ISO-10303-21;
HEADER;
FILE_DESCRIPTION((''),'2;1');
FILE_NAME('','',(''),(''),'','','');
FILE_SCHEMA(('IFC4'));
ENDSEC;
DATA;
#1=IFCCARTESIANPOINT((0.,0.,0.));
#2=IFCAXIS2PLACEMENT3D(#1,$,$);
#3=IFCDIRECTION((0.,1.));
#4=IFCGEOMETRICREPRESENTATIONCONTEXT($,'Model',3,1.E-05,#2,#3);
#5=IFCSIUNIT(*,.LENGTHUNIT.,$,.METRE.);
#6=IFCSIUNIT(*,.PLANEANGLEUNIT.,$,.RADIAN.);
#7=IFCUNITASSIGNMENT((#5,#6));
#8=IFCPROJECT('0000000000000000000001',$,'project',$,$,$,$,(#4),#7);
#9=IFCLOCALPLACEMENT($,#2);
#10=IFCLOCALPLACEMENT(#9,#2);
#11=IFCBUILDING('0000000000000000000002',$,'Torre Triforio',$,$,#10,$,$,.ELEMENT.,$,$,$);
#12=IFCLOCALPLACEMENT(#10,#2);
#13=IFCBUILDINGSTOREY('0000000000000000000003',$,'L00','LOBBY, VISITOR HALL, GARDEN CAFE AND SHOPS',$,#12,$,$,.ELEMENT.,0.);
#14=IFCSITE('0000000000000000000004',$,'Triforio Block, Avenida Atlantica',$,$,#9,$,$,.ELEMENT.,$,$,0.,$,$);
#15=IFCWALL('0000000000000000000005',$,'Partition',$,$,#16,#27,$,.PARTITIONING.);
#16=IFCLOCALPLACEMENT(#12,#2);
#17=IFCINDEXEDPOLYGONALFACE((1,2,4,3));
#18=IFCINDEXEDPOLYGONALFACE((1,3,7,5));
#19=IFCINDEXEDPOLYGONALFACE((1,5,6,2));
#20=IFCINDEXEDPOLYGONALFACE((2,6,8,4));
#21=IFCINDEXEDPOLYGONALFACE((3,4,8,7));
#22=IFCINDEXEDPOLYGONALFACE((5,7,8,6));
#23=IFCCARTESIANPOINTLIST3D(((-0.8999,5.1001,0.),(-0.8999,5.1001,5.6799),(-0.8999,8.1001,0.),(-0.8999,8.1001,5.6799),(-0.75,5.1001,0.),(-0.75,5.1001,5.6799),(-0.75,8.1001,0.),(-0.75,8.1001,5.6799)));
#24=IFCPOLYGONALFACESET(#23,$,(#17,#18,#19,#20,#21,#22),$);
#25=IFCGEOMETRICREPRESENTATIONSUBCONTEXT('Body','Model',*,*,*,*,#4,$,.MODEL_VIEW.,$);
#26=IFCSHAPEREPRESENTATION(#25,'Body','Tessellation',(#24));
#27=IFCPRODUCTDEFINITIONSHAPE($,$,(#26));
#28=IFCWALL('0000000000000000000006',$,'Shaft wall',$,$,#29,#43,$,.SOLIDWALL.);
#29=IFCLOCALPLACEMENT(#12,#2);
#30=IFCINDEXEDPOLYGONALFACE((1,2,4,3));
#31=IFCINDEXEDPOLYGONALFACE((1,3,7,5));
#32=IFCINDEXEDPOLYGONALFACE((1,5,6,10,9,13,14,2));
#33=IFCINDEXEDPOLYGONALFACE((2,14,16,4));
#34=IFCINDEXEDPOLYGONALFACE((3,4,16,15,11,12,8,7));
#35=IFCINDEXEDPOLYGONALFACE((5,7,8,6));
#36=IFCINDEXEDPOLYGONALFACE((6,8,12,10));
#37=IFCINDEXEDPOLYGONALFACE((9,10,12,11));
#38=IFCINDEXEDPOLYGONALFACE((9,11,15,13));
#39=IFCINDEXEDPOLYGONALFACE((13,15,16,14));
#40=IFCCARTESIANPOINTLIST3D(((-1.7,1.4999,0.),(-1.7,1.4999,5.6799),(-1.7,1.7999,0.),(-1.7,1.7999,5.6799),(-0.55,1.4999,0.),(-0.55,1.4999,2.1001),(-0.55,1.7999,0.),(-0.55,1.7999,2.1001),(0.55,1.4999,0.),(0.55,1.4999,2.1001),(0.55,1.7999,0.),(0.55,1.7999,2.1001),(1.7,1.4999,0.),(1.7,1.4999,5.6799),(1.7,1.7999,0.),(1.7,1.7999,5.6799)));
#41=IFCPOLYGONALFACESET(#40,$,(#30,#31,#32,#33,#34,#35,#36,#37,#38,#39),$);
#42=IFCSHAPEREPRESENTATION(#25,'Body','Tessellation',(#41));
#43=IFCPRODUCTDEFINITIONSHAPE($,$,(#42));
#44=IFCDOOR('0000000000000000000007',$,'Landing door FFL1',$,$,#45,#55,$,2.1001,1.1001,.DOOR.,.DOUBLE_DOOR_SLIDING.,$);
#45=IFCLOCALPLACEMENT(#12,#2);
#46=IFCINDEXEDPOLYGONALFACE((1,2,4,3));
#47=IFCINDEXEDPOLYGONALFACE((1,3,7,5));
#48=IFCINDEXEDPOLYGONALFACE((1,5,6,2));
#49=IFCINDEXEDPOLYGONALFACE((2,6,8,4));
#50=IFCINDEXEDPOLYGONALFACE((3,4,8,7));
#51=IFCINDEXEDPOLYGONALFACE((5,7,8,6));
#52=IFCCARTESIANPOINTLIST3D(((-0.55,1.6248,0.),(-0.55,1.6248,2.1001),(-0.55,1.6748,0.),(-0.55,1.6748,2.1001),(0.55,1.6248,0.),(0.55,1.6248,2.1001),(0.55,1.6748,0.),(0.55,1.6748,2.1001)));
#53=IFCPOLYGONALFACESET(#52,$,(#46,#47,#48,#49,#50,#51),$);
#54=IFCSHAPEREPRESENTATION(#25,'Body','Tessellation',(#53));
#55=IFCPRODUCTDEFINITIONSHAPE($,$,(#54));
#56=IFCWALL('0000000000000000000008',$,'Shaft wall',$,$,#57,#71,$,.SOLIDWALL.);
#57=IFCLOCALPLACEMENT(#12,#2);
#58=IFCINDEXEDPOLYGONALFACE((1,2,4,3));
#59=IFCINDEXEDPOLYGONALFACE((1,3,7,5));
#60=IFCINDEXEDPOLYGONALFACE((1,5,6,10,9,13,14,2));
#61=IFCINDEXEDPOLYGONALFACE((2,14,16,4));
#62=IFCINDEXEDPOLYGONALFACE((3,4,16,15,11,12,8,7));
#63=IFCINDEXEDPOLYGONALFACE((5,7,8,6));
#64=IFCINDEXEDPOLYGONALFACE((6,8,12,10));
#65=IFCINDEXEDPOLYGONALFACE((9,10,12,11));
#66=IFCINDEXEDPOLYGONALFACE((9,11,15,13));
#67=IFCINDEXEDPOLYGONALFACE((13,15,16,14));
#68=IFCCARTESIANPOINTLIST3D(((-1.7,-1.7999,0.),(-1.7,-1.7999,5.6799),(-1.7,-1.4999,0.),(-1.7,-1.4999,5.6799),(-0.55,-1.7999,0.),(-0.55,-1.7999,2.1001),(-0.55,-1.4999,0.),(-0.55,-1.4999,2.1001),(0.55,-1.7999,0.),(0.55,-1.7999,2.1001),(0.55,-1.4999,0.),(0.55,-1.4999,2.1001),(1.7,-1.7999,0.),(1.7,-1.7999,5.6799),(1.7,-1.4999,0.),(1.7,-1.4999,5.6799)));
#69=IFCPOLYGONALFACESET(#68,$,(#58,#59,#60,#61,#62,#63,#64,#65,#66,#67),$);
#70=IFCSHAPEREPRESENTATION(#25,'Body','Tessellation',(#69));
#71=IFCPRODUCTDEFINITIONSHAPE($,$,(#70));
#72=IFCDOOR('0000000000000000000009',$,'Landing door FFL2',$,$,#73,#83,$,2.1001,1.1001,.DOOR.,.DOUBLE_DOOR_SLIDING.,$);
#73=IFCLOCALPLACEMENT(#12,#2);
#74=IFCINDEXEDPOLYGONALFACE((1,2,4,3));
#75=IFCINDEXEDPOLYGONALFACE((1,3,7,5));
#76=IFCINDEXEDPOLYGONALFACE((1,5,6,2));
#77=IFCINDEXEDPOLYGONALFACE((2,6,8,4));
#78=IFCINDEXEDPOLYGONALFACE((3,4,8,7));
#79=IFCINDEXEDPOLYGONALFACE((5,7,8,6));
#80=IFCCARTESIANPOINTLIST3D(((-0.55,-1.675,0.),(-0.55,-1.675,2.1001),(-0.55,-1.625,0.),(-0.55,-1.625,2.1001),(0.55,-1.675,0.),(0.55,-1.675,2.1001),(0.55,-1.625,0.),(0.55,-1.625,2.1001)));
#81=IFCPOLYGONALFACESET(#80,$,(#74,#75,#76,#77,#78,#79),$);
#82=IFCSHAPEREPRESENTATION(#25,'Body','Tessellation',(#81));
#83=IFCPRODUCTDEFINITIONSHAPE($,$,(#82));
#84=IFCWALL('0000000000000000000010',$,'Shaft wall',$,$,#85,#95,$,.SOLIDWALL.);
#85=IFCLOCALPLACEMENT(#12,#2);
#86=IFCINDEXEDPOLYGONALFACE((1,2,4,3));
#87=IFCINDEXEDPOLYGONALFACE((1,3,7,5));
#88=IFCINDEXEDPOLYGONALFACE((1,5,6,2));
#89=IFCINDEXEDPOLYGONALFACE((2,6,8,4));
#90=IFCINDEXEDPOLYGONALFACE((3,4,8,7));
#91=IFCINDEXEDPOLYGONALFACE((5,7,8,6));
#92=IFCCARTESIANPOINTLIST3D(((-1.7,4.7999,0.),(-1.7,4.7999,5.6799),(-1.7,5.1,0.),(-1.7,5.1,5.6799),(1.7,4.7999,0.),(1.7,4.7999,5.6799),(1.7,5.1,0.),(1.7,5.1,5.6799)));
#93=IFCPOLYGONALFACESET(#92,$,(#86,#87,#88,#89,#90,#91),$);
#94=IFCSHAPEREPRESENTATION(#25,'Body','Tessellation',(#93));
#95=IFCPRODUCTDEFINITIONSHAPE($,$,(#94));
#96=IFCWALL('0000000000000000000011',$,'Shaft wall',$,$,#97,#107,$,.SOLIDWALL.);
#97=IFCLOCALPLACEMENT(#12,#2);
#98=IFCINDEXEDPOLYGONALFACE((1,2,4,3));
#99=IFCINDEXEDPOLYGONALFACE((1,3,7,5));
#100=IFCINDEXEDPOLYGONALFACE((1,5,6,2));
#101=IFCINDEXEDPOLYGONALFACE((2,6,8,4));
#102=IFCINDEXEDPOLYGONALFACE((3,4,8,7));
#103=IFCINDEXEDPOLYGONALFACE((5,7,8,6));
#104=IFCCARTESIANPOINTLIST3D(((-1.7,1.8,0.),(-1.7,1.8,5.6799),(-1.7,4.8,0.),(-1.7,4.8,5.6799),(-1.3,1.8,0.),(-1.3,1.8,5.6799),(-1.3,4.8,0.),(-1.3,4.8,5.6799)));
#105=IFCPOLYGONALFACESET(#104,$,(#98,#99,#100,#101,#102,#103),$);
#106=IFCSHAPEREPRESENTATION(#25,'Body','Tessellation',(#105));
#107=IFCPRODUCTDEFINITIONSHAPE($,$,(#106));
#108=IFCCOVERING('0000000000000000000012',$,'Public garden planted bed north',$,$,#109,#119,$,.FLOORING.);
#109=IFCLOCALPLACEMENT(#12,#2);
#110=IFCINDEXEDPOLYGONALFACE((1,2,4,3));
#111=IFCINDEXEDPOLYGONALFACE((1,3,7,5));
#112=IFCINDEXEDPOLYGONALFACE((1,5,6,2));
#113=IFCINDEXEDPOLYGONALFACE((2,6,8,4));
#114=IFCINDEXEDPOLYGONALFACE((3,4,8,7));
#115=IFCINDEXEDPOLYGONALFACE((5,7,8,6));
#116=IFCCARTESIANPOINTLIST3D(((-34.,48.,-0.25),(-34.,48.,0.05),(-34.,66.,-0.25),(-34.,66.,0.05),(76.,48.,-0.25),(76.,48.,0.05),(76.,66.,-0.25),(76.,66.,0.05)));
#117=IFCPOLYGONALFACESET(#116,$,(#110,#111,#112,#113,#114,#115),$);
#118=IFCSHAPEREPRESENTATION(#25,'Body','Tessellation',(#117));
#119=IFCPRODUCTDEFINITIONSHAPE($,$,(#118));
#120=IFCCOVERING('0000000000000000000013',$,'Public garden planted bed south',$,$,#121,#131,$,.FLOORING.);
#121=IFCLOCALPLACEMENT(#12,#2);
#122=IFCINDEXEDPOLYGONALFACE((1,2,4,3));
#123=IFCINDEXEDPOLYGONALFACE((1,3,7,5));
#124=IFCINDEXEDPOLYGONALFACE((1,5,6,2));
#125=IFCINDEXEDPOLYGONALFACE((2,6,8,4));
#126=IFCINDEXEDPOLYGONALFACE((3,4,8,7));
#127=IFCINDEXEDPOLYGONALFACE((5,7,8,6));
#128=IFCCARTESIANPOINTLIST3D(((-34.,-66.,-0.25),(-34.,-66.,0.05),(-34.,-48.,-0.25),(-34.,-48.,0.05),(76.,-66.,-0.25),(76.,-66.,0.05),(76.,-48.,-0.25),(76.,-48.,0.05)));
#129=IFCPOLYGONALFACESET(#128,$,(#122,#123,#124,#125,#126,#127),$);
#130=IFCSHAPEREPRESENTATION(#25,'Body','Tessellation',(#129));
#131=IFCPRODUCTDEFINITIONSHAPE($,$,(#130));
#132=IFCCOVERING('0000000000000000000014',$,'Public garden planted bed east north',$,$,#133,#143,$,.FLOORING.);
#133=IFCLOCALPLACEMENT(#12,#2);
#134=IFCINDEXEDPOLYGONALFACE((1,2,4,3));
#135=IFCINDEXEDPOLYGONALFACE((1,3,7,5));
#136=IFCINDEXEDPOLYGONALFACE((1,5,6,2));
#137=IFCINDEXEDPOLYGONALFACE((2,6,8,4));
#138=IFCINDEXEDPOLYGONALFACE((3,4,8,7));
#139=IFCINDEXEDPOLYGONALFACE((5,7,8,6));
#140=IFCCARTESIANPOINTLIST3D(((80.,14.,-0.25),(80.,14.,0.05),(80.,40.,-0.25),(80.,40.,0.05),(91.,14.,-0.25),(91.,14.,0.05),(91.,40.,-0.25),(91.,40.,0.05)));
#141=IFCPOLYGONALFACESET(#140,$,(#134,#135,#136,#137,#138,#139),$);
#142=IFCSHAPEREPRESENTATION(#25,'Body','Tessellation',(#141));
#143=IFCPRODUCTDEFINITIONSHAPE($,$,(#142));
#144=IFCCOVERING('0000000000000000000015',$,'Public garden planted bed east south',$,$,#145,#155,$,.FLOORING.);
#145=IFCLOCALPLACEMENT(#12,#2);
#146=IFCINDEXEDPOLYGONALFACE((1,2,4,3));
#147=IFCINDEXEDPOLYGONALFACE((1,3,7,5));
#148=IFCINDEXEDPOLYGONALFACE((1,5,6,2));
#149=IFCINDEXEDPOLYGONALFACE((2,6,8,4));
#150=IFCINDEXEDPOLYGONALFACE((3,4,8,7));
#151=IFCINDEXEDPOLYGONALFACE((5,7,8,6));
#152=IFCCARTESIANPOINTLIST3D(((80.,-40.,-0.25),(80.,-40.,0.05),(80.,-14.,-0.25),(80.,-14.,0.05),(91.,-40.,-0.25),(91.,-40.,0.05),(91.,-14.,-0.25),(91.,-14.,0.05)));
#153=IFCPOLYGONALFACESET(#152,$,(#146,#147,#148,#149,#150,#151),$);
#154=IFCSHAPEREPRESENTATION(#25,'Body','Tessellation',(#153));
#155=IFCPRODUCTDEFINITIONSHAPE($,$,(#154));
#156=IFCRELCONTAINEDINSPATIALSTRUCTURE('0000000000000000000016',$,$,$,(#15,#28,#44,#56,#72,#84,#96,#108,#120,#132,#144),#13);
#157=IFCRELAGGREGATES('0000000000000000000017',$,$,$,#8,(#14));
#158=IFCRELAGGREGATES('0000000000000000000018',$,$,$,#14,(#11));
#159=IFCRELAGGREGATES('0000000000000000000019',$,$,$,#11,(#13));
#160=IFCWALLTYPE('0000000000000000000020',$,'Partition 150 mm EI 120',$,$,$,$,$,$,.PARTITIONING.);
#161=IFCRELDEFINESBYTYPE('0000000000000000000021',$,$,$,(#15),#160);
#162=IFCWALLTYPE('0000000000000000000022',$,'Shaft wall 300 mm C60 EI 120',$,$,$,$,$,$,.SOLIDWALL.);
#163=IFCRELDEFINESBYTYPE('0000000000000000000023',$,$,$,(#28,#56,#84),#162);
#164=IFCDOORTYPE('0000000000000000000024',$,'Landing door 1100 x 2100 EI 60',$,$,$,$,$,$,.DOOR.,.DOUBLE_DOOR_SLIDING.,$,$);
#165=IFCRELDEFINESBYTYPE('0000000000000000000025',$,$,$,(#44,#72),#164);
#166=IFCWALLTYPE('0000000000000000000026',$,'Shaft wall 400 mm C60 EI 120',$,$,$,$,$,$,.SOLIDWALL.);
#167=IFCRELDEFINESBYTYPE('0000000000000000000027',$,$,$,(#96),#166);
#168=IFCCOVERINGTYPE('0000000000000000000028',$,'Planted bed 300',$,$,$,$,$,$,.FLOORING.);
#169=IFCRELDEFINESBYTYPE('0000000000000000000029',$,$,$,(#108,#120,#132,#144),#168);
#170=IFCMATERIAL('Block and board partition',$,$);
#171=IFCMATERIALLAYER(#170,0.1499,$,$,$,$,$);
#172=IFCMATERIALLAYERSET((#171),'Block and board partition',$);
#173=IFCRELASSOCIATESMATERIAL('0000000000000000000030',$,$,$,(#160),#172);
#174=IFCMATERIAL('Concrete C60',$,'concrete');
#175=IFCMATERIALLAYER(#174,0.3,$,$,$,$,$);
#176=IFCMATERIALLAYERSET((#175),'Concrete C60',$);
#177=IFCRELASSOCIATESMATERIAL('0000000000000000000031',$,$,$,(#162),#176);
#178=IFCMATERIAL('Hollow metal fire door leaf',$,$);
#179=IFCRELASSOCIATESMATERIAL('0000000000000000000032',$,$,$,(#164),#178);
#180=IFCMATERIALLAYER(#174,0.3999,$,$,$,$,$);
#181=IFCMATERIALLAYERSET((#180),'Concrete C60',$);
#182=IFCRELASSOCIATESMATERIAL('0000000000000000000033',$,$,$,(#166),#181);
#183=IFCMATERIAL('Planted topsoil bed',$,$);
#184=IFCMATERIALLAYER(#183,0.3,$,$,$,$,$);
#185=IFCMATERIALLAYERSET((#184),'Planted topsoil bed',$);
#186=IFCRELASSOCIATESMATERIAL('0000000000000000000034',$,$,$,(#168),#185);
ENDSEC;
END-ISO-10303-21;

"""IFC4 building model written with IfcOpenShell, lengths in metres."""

from ifc_helpers import new_model, si_unit, direction, frame, frame_2d, origin, place, context, subcontext, project, spatial, polyline, rectangle, outline, extrude, material, layer, layer_set, type_object, element, fill, save


model = new_model("IFC4")

# Units and contexts
model_context = context("Model", 3, precision=1e-05, world=origin(), true_north=direction((0.0, 1.0)))
body_context = subcontext(model_context, "Body", "Model", "MODEL_VIEW")
ifc_project = project(units=[si_unit("LENGTHUNIT", "METRE"), si_unit("PLANEANGLEUNIT", "RADIAN")], contexts=[model_context])

# Site, building, storey
site_placement = place(None, origin())
site = spatial("IfcSite", under=ifc_project, at=site_placement, Name="Triforio Block, Avenida Atlantica", CompositionType="ELEMENT", RefElevation=0.0)
building_placement = place(site_placement, origin())
building = spatial("IfcBuilding", under=site, at=building_placement, Name="Torre Triforio", CompositionType="ELEMENT")
storey_placement = place(building_placement, origin())
storey = spatial("IfcBuildingStorey", under=building, at=storey_placement, Name="L00", Description="LOBBY, VISITOR HALL, GARDEN CAFE AND SHOPS", CompositionType="ELEMENT", Elevation=0.0)

# Shared definitions
ifc_material_1 = material(Name="Concrete C60", Category="concrete")

# Shared definitions
ifc_material_2 = material(Name="Block and board partition")
ifc_material_3 = material(Name="Hollow metal fire door leaf")

# Wall
ifc_layer_1 = layer(ifc_material_2, 0.1499)
ifc_layer_set_1 = layer_set([ifc_layer_1], Name="Block and board partition")
wall_type_1 = type_object("IfcWallType", Name="Partition 150 mm EI 120", PredefinedType="PARTITIONING", material=ifc_layer_set_1)
wall_1_placement = place(storey_placement, frame((-0.825, 5.1001, 0.0), z_axis=(0.0, 0.0, 1.0), x_axis=(0.0, 1.0, 0.0)))
element("IfcWall", 1, at=wall_1_placement, inside=storey, type_object=wall_type_1, Name="Partition", PredefinedType="PARTITIONING", context=body_context, shape_type="SweptSolid", body=[
    extrude(rectangle(XDim=3.0, YDim=0.1499, at=frame_2d((1.5, 0.0))), origin(), (0.0, 0.0, 1.0), 5.6799),
])

# Walls, openings, doors
ifc_layer_2 = layer(ifc_material_1, 0.3)
ifc_layer_set_2 = layer_set([ifc_layer_2], Name="Concrete C60")
wall_type_2 = type_object("IfcWallType", Name="Shaft wall 300 mm C60 EI 120", PredefinedType="SOLIDWALL", material=ifc_layer_set_2)
wall_2_placement = place(storey_placement, frame((-1.7, 1.6499, 0.0), z_axis=(0.0, 0.0, 1.0), x_axis=(1.0, 0.0, 0.0)))
wall_2 = element("IfcWall", 2, at=wall_2_placement, inside=storey, type_object=wall_type_2, Name="Shaft wall", PredefinedType="SOLIDWALL", context=body_context, shape_type="SweptSolid", body=[
    extrude(rectangle(XDim=3.3999, YDim=0.3, at=frame_2d((1.7, 0.0))), origin(), (0.0, 0.0, 1.0), 5.6799),
])
opening_1_placement = place(wall_2_placement, frame((1.1499, 0.0, 0.0)))
opening_1 = element("IfcOpeningElement", 3, at=opening_1_placement, cuts=wall_2, PredefinedType="OPENING", context=body_context, shape_type="SweptSolid", body=[
    extrude(rectangle(XDim=1.1001, YDim=2.1001, at=frame_2d((0.55, 1.05))), frame((0.0, 0.1599, 0.0), z_axis=(0.0, -1.0, 0.0), x_axis=(1.0, 0.0, 0.0)), (0.0, 0.0, 1.0), 0.3201),
])
door_type_1 = type_object("IfcDoorType", Name="Landing door 1100 x 2100 EI 60", OperationType="DOUBLE_DOOR_SLIDING", PredefinedType="DOOR", material=ifc_material_3)
door_1_placement = place(opening_1_placement, origin())
door_1 = element("IfcDoor", 4, at=door_1_placement, inside=storey, type_object=door_type_1, Name="Landing door FFL1", OperationType="DOUBLE_DOOR_SLIDING", OverallHeight=2.1001, OverallWidth=1.1001, PredefinedType="DOOR", context=body_context, shape_type="SweptSolid", body=[
    extrude(rectangle(XDim=1.1001, YDim=2.1001, at=frame_2d((0.55, 1.05))), frame((0.0, 0.0249, 0.0), z_axis=(0.0, -1.0, 0.0), x_axis=(1.0, 0.0, 0.0)), (0.0, 0.0, 1.0), 0.05),
])
fill(opening_1, door_1)
wall_3_placement = place(storey_placement, frame((-1.7, -1.6499, 0.0), z_axis=(0.0, 0.0, 1.0), x_axis=(1.0, 0.0, 0.0)))
wall_3 = element("IfcWall", 5, at=wall_3_placement, inside=storey, type_object=wall_type_2, Name="Shaft wall", PredefinedType="SOLIDWALL", context=body_context, shape_type="SweptSolid", body=[
    extrude(rectangle(XDim=3.3999, YDim=0.3, at=frame_2d((1.7, 0.0))), origin(), (0.0, 0.0, 1.0), 5.6799),
])
opening_2_placement = place(wall_3_placement, frame((1.1499, 0.0, 0.0)))
opening_2 = element("IfcOpeningElement", 6, at=opening_2_placement, cuts=wall_3, PredefinedType="OPENING", context=body_context, shape_type="SweptSolid", body=[
    extrude(rectangle(XDim=1.1001, YDim=2.1001, at=frame_2d((0.55, 1.05))), frame((0.0, 0.1599, 0.0), z_axis=(0.0, -1.0, 0.0), x_axis=(1.0, 0.0, 0.0)), (0.0, 0.0, 1.0), 0.3201),
])
door_2_placement = place(opening_2_placement, origin())
door_2 = element("IfcDoor", 7, at=door_2_placement, inside=storey, type_object=door_type_1, Name="Landing door FFL2", OperationType="DOUBLE_DOOR_SLIDING", OverallHeight=2.1001, OverallWidth=1.1001, PredefinedType="DOOR", context=body_context, shape_type="SweptSolid", body=[
    extrude(rectangle(XDim=1.1001, YDim=2.1001, at=frame_2d((0.55, 1.05))), frame((0.0, 0.0249, 0.0), z_axis=(0.0, -1.0, 0.0), x_axis=(1.0, 0.0, 0.0)), (0.0, 0.0, 1.0), 0.05),
])
fill(opening_2, door_2)

# Walls
wall_4_placement = place(storey_placement, frame((-1.7, 4.95, 0.0), z_axis=(0.0, 0.0, 1.0), x_axis=(1.0, 0.0, 0.0)))
element("IfcWall", 8, at=wall_4_placement, inside=storey, type_object=wall_type_2, Name="Shaft wall", PredefinedType="SOLIDWALL", context=body_context, shape_type="SweptSolid", body=[
    extrude(rectangle(XDim=3.3999, YDim=0.3, at=frame_2d((1.7, 0.0))), origin(), (0.0, 0.0, 1.0), 5.6799),
])
ifc_layer_3 = layer(ifc_material_1, 0.3999)
ifc_layer_set_3 = layer_set([ifc_layer_3], Name="Concrete C60")
wall_type_3 = type_object("IfcWallType", Name="Shaft wall 400 mm C60 EI 120", PredefinedType="SOLIDWALL", material=ifc_layer_set_3)
wall_5_placement = place(storey_placement, frame((-1.5, 1.8, 0.0), z_axis=(0.0, 0.0, 1.0), x_axis=(0.0, 1.0, 0.0)))
element("IfcWall", 9, at=wall_5_placement, inside=storey, type_object=wall_type_3, Name="Shaft wall", PredefinedType="SOLIDWALL", context=body_context, shape_type="SweptSolid", body=[
    extrude(rectangle(XDim=3.0, YDim=0.3999, at=frame_2d((1.5, 0.0))), origin(), (0.0, 0.0, 1.0), 5.6799),
])

# Coverings
ifc_material_4 = material(Name="Planted topsoil bed")
ifc_layer_4 = layer(ifc_material_4, 0.3)
ifc_layer_set_4 = layer_set([ifc_layer_4], Name="Planted topsoil bed")
covering_type = type_object("IfcCoveringType", Name="Planted bed 300", PredefinedType="FLOORING", material=ifc_layer_set_4)
covering_1_placement = place(storey_placement, frame((0.0, 0.0, -0.25)))
element("IfcCovering", 10, at=covering_1_placement, inside=storey, type_object=covering_type, Name="Public garden planted bed north", PredefinedType="FLOORING", context=body_context, shape_type="SweptSolid", body=[
    extrude(outline(polyline([(76.0, 48.0), (76.0, 66.0), (-34.0, 66.0), (-34.0, 48.0), (76.0, 48.0)])), origin(), (0.0, 0.0, 1.0), 0.3),
])
covering_2_placement = place(storey_placement, frame((0.0, 0.0, -0.25)))
element("IfcCovering", 11, at=covering_2_placement, inside=storey, type_object=covering_type, Name="Public garden planted bed south", PredefinedType="FLOORING", context=body_context, shape_type="SweptSolid", body=[
    extrude(outline(polyline([(76.0, -66.0), (76.0, -48.0), (-34.0, -48.0), (-34.0, -66.0), (76.0, -66.0)])), origin(), (0.0, 0.0, 1.0), 0.3),
])
covering_3_placement = place(storey_placement, frame((0.0, 0.0, -0.25)))
element("IfcCovering", 12, at=covering_3_placement, inside=storey, type_object=covering_type, Name="Public garden planted bed east north", PredefinedType="FLOORING", context=body_context, shape_type="SweptSolid", body=[
    extrude(outline(polyline([(91.0, 14.0), (91.0, 40.0), (80.0, 40.0), (80.0, 14.0), (91.0, 14.0)])), origin(), (0.0, 0.0, 1.0), 0.3),
])
covering_4_placement = place(storey_placement, frame((0.0, 0.0, -0.25)))
element("IfcCovering", 13, at=covering_4_placement, inside=storey, type_object=covering_type, Name="Public garden planted bed east south", PredefinedType="FLOORING", context=body_context, shape_type="SweptSolid", body=[
    extrude(outline(polyline([(91.0, -40.0), (91.0, -14.0), (80.0, -14.0), (80.0, -40.0), (91.0, -40.0)])), origin(), (0.0, 0.0, 1.0), 0.3),
])

save(model, "model.ifc")
